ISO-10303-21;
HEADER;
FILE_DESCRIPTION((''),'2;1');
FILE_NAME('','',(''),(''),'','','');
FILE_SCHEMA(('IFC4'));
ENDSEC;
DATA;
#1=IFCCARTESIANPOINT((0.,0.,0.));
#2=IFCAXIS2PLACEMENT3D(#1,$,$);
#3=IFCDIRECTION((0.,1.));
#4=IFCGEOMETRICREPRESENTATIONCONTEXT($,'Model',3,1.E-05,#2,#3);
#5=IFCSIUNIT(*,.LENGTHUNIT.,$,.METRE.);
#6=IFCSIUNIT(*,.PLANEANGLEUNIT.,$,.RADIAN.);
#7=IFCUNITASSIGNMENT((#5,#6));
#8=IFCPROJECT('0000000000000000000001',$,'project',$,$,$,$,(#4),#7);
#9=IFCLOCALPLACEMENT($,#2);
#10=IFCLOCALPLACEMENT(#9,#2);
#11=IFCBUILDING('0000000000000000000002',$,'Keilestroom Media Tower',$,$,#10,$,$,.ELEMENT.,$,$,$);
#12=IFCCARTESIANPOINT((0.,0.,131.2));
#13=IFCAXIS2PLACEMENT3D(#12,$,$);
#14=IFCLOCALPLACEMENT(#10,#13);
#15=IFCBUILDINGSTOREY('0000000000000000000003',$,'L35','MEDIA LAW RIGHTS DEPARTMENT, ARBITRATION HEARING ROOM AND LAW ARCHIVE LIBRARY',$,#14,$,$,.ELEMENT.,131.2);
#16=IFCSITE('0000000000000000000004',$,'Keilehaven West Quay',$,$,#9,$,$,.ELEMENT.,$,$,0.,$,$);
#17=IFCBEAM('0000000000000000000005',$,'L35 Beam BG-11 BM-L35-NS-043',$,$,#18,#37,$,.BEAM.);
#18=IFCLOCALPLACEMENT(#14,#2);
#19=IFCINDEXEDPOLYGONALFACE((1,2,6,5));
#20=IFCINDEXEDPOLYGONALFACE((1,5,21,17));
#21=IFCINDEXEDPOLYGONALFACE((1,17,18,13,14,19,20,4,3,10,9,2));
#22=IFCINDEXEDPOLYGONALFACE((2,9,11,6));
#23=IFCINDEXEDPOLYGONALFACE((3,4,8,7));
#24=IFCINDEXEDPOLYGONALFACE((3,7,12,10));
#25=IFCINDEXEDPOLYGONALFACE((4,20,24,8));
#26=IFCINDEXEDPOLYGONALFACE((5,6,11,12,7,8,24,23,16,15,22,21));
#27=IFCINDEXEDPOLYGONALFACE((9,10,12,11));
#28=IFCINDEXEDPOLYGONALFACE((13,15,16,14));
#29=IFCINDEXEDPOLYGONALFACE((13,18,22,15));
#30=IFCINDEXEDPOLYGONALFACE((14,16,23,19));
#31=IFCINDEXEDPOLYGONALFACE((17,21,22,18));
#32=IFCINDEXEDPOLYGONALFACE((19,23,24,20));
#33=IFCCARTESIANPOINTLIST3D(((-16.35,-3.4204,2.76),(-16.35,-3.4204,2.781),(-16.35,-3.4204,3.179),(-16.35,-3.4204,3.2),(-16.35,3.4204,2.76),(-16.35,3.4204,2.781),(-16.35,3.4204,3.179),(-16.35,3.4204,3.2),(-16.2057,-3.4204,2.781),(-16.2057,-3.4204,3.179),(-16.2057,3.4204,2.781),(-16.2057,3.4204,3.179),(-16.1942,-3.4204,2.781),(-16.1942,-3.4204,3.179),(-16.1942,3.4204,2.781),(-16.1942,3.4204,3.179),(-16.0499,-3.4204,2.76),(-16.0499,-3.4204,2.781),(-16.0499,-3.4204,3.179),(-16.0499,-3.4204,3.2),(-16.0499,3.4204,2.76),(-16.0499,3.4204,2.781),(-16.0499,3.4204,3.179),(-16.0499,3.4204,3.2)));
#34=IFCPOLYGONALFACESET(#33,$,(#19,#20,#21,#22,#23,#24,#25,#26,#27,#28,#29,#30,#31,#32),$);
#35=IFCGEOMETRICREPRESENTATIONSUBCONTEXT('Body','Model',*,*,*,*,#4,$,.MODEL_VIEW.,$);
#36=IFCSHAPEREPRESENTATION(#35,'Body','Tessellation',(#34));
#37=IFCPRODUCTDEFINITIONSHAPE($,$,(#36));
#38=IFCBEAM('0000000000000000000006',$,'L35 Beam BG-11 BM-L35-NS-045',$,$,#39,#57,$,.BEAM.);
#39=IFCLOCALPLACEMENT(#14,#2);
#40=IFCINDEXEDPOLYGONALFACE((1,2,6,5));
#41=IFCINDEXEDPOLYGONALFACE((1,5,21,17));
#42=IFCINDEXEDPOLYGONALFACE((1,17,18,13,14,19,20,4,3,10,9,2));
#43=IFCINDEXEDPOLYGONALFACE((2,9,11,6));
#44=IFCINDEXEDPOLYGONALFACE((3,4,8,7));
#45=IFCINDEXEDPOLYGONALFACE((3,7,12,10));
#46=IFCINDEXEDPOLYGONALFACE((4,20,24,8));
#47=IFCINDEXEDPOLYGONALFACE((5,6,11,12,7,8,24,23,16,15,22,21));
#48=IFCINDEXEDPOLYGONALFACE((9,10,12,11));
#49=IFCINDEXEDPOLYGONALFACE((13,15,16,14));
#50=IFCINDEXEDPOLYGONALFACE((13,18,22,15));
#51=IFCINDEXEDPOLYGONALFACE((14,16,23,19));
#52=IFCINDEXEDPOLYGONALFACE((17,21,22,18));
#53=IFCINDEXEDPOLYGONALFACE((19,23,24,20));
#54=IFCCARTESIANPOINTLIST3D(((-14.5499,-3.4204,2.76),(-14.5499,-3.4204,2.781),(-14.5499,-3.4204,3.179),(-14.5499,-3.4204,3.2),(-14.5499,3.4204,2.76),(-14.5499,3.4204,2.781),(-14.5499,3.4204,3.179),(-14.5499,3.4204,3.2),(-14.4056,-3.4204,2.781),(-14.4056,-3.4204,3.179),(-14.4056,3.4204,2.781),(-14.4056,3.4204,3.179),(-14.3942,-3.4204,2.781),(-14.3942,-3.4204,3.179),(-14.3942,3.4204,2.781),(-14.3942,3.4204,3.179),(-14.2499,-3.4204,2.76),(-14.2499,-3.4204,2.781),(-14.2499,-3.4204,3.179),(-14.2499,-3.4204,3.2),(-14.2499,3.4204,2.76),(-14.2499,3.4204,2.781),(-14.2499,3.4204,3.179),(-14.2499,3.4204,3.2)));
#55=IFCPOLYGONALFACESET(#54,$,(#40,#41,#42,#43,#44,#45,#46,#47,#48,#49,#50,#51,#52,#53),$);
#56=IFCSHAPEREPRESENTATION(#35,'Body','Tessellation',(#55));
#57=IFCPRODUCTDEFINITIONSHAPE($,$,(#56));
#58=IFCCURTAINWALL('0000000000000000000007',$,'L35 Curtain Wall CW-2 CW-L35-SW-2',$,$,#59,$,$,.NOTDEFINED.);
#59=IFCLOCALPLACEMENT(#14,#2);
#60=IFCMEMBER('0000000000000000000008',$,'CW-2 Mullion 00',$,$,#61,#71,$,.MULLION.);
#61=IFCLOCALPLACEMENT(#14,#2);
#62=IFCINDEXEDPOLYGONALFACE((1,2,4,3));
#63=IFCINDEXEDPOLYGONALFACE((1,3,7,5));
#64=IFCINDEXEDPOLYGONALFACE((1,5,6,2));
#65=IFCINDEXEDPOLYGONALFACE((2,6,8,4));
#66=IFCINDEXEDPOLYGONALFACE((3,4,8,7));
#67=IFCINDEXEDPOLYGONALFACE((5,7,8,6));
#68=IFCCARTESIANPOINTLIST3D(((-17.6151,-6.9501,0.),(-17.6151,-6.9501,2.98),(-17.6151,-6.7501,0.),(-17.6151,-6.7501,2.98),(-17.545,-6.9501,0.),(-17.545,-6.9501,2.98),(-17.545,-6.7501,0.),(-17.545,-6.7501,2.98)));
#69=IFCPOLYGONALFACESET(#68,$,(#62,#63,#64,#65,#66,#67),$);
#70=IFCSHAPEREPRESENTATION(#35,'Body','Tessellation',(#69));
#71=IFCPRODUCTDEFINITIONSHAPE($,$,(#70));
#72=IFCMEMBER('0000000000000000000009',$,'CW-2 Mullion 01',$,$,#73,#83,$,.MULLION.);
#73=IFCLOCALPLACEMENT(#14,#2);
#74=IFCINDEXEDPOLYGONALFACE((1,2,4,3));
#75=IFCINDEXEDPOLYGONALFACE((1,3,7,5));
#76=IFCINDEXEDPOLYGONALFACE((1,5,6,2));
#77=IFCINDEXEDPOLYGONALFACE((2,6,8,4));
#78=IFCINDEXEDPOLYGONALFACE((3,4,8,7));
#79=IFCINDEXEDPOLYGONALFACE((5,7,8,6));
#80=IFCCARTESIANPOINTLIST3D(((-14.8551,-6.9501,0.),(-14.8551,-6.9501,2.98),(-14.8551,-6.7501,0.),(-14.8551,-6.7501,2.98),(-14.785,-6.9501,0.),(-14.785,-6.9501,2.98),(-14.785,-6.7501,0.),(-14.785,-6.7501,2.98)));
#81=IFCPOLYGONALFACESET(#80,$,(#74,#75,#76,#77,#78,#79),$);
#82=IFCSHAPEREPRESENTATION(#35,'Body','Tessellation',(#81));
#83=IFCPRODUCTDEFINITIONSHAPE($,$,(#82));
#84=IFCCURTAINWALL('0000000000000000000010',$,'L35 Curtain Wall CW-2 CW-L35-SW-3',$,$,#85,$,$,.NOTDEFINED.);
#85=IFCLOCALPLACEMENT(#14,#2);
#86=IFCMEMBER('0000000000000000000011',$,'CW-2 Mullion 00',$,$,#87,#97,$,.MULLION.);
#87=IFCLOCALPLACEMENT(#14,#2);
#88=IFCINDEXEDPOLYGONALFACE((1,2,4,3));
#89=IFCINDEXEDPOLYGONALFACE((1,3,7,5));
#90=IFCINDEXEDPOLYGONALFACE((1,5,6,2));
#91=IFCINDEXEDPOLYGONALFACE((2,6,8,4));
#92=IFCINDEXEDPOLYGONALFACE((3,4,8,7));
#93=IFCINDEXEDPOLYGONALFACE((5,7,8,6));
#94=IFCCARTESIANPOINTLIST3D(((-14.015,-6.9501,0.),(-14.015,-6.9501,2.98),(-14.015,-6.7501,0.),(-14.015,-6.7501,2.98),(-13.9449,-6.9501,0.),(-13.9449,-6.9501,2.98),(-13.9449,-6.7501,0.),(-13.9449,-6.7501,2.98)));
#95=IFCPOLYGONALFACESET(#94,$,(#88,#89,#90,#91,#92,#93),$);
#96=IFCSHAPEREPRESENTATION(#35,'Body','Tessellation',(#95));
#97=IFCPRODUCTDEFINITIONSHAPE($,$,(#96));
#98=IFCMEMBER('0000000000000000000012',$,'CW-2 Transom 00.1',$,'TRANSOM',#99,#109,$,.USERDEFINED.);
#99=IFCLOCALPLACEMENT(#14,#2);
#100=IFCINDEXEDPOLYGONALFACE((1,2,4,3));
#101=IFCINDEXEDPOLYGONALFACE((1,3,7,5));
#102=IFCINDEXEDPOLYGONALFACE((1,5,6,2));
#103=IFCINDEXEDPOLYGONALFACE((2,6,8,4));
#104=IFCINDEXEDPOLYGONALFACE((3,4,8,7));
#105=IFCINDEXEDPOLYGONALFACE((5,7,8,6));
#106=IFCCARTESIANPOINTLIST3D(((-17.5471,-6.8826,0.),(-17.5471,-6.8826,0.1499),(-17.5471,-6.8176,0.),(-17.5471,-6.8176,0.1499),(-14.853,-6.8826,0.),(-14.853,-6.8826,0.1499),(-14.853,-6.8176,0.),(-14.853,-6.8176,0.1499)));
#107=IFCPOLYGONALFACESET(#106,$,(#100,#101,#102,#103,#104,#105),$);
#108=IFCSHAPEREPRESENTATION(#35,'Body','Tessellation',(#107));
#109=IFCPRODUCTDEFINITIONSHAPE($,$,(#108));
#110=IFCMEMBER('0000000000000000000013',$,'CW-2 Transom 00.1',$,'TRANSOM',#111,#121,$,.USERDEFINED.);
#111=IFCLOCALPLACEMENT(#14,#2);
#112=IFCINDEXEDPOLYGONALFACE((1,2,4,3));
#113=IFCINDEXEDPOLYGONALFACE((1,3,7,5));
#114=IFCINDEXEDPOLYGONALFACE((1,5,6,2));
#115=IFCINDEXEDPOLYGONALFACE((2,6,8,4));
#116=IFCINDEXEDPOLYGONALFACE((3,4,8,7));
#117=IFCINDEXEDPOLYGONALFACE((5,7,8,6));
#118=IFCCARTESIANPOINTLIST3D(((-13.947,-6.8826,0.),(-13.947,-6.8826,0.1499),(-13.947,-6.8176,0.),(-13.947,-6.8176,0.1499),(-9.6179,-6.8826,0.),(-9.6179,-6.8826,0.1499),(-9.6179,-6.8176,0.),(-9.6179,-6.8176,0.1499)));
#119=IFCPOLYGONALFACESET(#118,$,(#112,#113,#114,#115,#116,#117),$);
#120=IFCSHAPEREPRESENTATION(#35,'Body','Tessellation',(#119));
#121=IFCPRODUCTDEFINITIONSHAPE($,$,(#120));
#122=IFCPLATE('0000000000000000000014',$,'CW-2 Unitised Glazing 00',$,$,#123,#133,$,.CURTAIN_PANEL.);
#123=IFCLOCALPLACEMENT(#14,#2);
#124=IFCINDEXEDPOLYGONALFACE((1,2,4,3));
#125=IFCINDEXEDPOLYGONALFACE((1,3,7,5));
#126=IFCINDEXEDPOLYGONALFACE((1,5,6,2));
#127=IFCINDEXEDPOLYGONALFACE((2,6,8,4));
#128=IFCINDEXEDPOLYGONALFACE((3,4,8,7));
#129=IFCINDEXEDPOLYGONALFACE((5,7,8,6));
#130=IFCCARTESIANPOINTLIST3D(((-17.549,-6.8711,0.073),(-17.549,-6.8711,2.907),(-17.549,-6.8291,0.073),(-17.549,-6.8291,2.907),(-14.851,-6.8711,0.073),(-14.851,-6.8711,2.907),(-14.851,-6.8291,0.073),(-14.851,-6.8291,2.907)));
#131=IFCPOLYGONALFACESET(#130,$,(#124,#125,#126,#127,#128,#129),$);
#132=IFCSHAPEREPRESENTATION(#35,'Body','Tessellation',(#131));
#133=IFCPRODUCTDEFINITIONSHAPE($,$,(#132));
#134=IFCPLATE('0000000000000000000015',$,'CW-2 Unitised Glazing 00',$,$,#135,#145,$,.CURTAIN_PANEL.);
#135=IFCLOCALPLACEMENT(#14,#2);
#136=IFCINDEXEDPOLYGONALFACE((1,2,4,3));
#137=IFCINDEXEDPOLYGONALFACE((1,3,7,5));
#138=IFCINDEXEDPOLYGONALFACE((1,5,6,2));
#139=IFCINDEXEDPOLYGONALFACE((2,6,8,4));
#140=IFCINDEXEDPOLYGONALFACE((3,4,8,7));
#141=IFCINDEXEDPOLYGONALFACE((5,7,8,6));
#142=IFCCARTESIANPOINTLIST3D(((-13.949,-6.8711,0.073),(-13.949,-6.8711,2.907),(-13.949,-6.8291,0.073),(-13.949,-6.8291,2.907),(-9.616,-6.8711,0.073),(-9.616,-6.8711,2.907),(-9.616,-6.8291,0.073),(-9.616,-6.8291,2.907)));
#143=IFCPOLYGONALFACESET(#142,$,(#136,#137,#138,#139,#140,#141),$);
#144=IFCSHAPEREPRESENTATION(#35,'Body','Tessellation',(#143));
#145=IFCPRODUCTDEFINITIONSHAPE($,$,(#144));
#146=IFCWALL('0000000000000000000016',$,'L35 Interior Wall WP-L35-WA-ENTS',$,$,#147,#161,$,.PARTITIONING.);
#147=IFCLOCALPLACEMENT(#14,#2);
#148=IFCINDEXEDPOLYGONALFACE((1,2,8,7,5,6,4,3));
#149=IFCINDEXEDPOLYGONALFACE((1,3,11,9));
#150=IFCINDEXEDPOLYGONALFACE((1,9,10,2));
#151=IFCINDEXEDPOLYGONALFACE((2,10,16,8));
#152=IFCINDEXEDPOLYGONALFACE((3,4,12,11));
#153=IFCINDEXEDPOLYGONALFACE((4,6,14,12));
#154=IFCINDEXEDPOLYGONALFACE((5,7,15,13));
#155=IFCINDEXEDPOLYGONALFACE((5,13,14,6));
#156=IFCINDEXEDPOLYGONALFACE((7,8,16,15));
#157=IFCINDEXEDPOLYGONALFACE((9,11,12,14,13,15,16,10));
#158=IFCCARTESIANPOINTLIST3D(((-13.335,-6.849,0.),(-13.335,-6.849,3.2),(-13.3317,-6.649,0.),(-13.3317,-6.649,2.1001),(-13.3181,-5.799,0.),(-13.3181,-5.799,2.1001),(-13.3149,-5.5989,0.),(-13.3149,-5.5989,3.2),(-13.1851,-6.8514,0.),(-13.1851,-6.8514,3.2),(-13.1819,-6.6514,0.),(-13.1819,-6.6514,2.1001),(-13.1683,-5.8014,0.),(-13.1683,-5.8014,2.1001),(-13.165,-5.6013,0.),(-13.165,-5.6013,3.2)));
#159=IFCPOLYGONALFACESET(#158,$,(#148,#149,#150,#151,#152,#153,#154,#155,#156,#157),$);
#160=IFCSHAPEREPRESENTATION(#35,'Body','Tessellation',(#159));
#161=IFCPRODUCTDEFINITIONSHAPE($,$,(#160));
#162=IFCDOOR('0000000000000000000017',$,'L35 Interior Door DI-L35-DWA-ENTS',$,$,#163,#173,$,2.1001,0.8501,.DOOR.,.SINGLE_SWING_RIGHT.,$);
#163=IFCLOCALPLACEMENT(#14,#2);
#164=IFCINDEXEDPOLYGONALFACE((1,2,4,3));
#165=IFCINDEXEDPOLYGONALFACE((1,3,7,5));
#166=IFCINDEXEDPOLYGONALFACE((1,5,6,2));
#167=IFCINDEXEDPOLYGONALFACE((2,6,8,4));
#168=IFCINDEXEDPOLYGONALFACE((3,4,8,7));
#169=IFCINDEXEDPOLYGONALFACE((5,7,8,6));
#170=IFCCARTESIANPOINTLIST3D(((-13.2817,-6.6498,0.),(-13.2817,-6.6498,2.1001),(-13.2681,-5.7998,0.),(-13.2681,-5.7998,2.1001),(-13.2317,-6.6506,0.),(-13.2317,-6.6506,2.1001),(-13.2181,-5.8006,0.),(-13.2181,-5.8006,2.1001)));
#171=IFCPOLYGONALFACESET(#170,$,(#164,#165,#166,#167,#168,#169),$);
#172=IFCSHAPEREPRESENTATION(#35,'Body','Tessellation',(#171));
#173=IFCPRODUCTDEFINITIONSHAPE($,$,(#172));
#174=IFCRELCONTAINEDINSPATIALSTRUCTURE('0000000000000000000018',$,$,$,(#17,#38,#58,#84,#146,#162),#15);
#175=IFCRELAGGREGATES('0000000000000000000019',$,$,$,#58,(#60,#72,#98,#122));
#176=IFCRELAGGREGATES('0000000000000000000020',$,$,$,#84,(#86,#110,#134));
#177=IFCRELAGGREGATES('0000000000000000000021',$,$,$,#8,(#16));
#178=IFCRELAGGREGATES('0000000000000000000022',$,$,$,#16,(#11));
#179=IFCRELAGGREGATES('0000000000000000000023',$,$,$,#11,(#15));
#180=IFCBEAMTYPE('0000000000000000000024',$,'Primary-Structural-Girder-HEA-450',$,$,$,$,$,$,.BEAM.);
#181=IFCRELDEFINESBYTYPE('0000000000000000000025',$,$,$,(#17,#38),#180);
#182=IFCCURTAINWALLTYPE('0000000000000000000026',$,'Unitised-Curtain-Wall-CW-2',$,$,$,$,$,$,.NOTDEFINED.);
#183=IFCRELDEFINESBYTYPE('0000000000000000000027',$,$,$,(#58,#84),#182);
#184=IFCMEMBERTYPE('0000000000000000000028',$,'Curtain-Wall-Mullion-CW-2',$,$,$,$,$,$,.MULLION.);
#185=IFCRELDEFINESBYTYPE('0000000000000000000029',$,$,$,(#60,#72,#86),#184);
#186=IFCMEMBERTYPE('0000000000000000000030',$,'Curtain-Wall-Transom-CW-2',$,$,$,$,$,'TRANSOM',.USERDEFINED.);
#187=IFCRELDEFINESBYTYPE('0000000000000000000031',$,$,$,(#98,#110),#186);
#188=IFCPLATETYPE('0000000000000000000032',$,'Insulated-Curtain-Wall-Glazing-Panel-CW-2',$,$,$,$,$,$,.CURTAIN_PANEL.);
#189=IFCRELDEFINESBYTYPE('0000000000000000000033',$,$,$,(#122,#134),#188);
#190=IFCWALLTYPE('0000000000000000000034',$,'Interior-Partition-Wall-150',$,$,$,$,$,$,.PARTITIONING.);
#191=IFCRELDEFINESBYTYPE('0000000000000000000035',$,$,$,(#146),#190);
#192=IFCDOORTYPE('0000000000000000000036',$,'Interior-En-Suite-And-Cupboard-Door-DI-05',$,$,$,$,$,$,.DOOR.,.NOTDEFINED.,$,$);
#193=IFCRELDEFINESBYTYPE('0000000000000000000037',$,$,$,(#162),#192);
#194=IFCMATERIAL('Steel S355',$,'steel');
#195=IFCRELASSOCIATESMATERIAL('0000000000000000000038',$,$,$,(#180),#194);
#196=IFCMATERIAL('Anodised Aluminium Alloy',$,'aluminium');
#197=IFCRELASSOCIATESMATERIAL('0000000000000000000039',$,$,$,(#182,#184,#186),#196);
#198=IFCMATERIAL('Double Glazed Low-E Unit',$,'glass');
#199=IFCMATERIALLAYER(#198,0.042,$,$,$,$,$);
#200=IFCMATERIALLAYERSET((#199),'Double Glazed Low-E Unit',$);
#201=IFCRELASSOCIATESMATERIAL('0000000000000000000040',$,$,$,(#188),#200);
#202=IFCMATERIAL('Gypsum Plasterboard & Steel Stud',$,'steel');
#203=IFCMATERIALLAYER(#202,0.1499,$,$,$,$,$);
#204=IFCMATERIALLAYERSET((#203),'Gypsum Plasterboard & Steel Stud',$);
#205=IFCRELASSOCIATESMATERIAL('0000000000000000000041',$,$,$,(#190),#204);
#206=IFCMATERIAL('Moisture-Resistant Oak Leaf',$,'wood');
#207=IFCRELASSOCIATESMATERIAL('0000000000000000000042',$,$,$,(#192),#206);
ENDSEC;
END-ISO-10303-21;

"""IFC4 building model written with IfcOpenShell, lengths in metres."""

from ifc_helpers import new_model, si_unit, direction, frame, frame_2d, origin, origin_2d, place, context, subcontext, project, spatial, rectangle, i_section, extrude, source, transform, mapped, material, layer, layer_set, material_profile, profile_set, type_object, element, fill, aggregate, save


model = new_model("IFC4")

# Units and contexts
model_context = context("Model", 3, precision=1e-05, world=origin(), true_north=direction((0.0, 1.0)))
body_context = subcontext(model_context, "Body", "Model", "MODEL_VIEW")
ifc_project = project(units=[si_unit("LENGTHUNIT", "METRE"), si_unit("PLANEANGLEUNIT", "RADIAN")], contexts=[model_context])

# Site, building, storey
site_placement = place(None, origin())
site = spatial("IfcSite", under=ifc_project, at=site_placement, Name="Keilehaven West Quay", CompositionType="ELEMENT", RefElevation=0.0)
building_placement = place(site_placement, origin())
building = spatial("IfcBuilding", under=site, at=building_placement, Name="Keilestroom Media Tower", CompositionType="ELEMENT")
storey_placement = place(building_placement, frame((0.0, 0.0, 131.2)))
storey = spatial("IfcBuildingStorey", under=building, at=storey_placement, Name="L35", Description="MEDIA LAW RIGHTS DEPARTMENT, ARBITRATION HEARING ROOM AND LAW ARCHIVE LIBRARY", CompositionType="ELEMENT", Elevation=131.2)

# Shared definitions
ifc_material_1 = material(Name="Steel S355", Category="steel")

# Beams
ifc_material_profile_1 = material_profile(ifc_material_1, i_section(OverallWidth=0.3, OverallDepth=0.4399, WebThickness=0.0115, FlangeThickness=0.021, at=origin_2d()), Name="HEA 450")
ifc_profile_set_1 = profile_set([ifc_material_profile_1], Name="Steel S355")
beam_type_1 = type_object("IfcBeamType", Name="Primary-Structural-Girder-HEA-450", PredefinedType="BEAM", material=ifc_profile_set_1)
shared_shape_1 = source(origin(), body_context, "Body", "SweptSolid", [
    extrude(i_section(OverallWidth=0.3, OverallDepth=0.4399, WebThickness=0.0115, FlangeThickness=0.021, at=origin_2d()), origin(), (0.0, 0.0, 1.0), 6.8408),
])
for number, where, z_axis, x_axis, name in (
    (1, (-16.2, -3.4204, 2.98), (0.0, 1.0, 0.0), (-1.0, 0.0, 0.0), "L35 Beam BG-11 BM-L35-NS-043"),
    (2, (-14.3999, -3.4204, 2.98), (0.0, 1.0, 0.0), (-1.0, 0.0, 0.0), "L35 Beam BG-11 BM-L35-NS-045"),
):
    element("IfcBeam", number, at=place(storey_placement, frame(where, z_axis=z_axis, x_axis=x_axis)), inside=storey, type_object=beam_type_1, Name=name, PredefinedType="BEAM", context=body_context, shape_type="MappedRepresentation", body=[
        mapped(shared_shape_1, transform((0.0, 0.0, 0.0), x_axis=(1.0, 0.0, 0.0), y_axis=(0.0, 1.0, 0.0), z_axis=(0.0, 0.0, 1.0), scale=1.0)),
    ])

# Curtain wall, members
ifc_material_2 = material(Name="Anodised Aluminium Alloy", Category="aluminium")
curtain_wall_type = type_object("IfcCurtainWallType", Name="Unitised-Curtain-Wall-CW-2", PredefinedType="NOTDEFINED", material=ifc_material_2)
curtain_wall_1_placement = place(storey_placement, origin())
curtain_wall_1 = element("IfcCurtainWall", 3, at=curtain_wall_1_placement, inside=storey, type_object=curtain_wall_type, Name="L35 Curtain Wall CW-2 CW-L35-SW-2", PredefinedType="NOTDEFINED")
ifc_material_profile_2 = material_profile(ifc_material_2, rectangle(XDim=0.0701, YDim=0.2, at=origin_2d()), Name="ALU MULLION 70x200")
ifc_profile_set_2 = profile_set([ifc_material_profile_2], Name="Anodised Aluminium Alloy")
member_type_1 = type_object("IfcMemberType", Name="Curtain-Wall-Mullion-CW-2", PredefinedType="MULLION", material=ifc_profile_set_2)
shared_shape_2 = source(origin(), body_context, "Body", "SweptSolid", [
    extrude(rectangle(XDim=0.0701, YDim=0.2, at=origin_2d()), origin(), (0.0, 0.0, 1.0), 2.98),
])
member_1_placement = place(storey_placement, frame((-17.5801, -6.8501, 0.0), z_axis=(0.0, 0.0, 1.0), x_axis=(1.0, 0.0, 0.0)))
member_1 = element("IfcMember", 4, at=member_1_placement, type_object=member_type_1, Name="CW-2 Mullion 00", PredefinedType="MULLION", context=body_context, shape_type="MappedRepresentation", body=[
    mapped(shared_shape_2, transform((0.0, 0.0, 0.0), x_axis=(1.0, 0.0, 0.0), y_axis=(0.0, 1.0, 0.0), z_axis=(0.0, 0.0, 1.0), scale=1.0)),
])
member_2_placement = place(storey_placement, frame((-14.8201, -6.8501, 0.0), z_axis=(0.0, 0.0, 1.0), x_axis=(1.0, 0.0, 0.0)))
member_2 = element("IfcMember", 5, at=member_2_placement, type_object=member_type_1, Name="CW-2 Mullion 01", PredefinedType="MULLION", context=body_context, shape_type="MappedRepresentation", body=[
    mapped(shared_shape_2, transform((0.0, 0.0, 0.0), x_axis=(1.0, 0.0, 0.0), y_axis=(0.0, 1.0, 0.0), z_axis=(0.0, 0.0, 1.0), scale=1.0)),
])

# Curtain wall, member
curtain_wall_2_placement = place(storey_placement, origin())
curtain_wall_2 = element("IfcCurtainWall", 6, at=curtain_wall_2_placement, inside=storey, type_object=curtain_wall_type, Name="L35 Curtain Wall CW-2 CW-L35-SW-3", PredefinedType="NOTDEFINED")
member_3_placement = place(storey_placement, frame((-13.98, -6.8501, 0.0), z_axis=(0.0, 0.0, 1.0), x_axis=(1.0, 0.0, 0.0)))
member_3 = element("IfcMember", 7, at=member_3_placement, type_object=member_type_1, Name="CW-2 Mullion 00", PredefinedType="MULLION", context=body_context, shape_type="MappedRepresentation", body=[
    mapped(shared_shape_2, transform((0.0, 0.0, 0.0), x_axis=(1.0, 0.0, 0.0), y_axis=(0.0, 1.0, 0.0), z_axis=(0.0, 0.0, 1.0), scale=1.0)),
])

# Members
ifc_material_profile_3 = material_profile(ifc_material_2, rectangle(XDim=0.0649, YDim=0.1499, at=origin_2d()), Name="ALU TRANSOM 65x150")
ifc_profile_set_3 = profile_set([ifc_material_profile_3], Name="Anodised Aluminium Alloy")
member_type_2 = type_object("IfcMemberType", Name="Curtain-Wall-Transom-CW-2", ElementType="TRANSOM", PredefinedType="USERDEFINED", material=ifc_profile_set_3)
shared_shape_3 = source(origin(), body_context, "Body", "SweptSolid", [
    extrude(rectangle(XDim=0.0649, YDim=0.1499, at=origin_2d()), origin(), (0.0, 0.0, 1.0), 2.6941),
])
member_4_placement = place(storey_placement, frame((-17.5471, -6.8501, 0.075), z_axis=(1.0, 0.0, 0.0), x_axis=(0.0, 1.0, 0.0)))
member_4 = element("IfcMember", 8, at=member_4_placement, type_object=member_type_2, Name="CW-2 Transom 00.1", ObjectType="TRANSOM", PredefinedType="USERDEFINED", context=body_context, shape_type="MappedRepresentation", body=[
    mapped(shared_shape_3, transform((0.0, 0.0, 0.0), x_axis=(1.0, 0.0, 0.0), y_axis=(0.0, 1.0, 0.0), z_axis=(0.0, 0.0, 1.0), scale=1.0)),
])
shared_shape_4 = source(origin(), body_context, "Body", "SweptSolid", [
    extrude(rectangle(XDim=0.0649, YDim=0.1499, at=origin_2d()), origin(), (0.0, 0.0, 1.0), 4.3291),
])
member_5_placement = place(storey_placement, frame((-13.947, -6.8501, 0.075), z_axis=(1.0, 0.0, 0.0), x_axis=(0.0, 1.0, 0.0)))
member_5 = element("IfcMember", 9, at=member_5_placement, type_object=member_type_2, Name="CW-2 Transom 00.1", ObjectType="TRANSOM", PredefinedType="USERDEFINED", context=body_context, shape_type="MappedRepresentation", body=[
    mapped(shared_shape_4, transform((0.0, 0.0, 0.0), x_axis=(1.0, 0.0, 0.0), y_axis=(0.0, 1.0, 0.0), z_axis=(0.0, 0.0, 1.0), scale=1.0)),
])

# Plates
ifc_material_3 = material(Name="Double Glazed Low-E Unit", Category="glass")
ifc_layer_1 = layer(ifc_material_3, 0.042)
ifc_layer_set_1 = layer_set([ifc_layer_1], Name="Double Glazed Low-E Unit")
plate_type = type_object("IfcPlateType", Name="Insulated-Curtain-Wall-Glazing-Panel-CW-2", PredefinedType="CURTAIN_PANEL", material=ifc_layer_set_1)
shared_shape_5 = source(origin(), body_context, "Body", "SweptSolid", [
    extrude(rectangle(XDim=2.698, YDim=0.042, at=origin_2d()), origin(), (0.0, 0.0, 1.0), 2.834),
])
plate_1_placement = place(storey_placement, frame((-16.2, -6.8501, 0.073), z_axis=(0.0, 0.0, 1.0), x_axis=(1.0, 0.0, 0.0)))
plate_1 = element("IfcPlate", 10, at=plate_1_placement, type_object=plate_type, Name="CW-2 Unitised Glazing 00", PredefinedType="CURTAIN_PANEL", context=body_context, shape_type="MappedRepresentation", body=[
    mapped(shared_shape_5, transform((0.0, 0.0, 0.0), x_axis=(1.0, 0.0, 0.0), y_axis=(0.0, 1.0, 0.0), z_axis=(0.0, 0.0, 1.0), scale=1.0)),
])
aggregate(curtain_wall_1, [member_1, member_2, member_4, plate_1])
shared_shape_6 = source(origin(), body_context, "Body", "SweptSolid", [
    extrude(rectangle(XDim=4.333, YDim=0.042, at=origin_2d()), origin(), (0.0, 0.0, 1.0), 2.834),
])
plate_2_placement = place(storey_placement, frame((-11.7825, -6.8501, 0.073), z_axis=(0.0, 0.0, 1.0), x_axis=(1.0, 0.0, 0.0)))
plate_2 = element("IfcPlate", 11, at=plate_2_placement, type_object=plate_type, Name="CW-2 Unitised Glazing 00", PredefinedType="CURTAIN_PANEL", context=body_context, shape_type="MappedRepresentation", body=[
    mapped(shared_shape_6, transform((0.0, 0.0, 0.0), x_axis=(1.0, 0.0, 0.0), y_axis=(0.0, 1.0, 0.0), z_axis=(0.0, 0.0, 1.0), scale=1.0)),
])
aggregate(curtain_wall_2, [member_3, member_5, plate_2])

# Wall, opening, door
ifc_material_4 = material(Name="Gypsum Plasterboard & Steel Stud", Category="steel")
ifc_layer_2 = layer(ifc_material_4, 0.1499)
ifc_layer_set_2 = layer_set([ifc_layer_2], Name="Gypsum Plasterboard & Steel Stud")
wall_type_1 = type_object("IfcWallType", Name="Interior-Partition-Wall-150", PredefinedType="PARTITIONING", material=ifc_layer_set_2)
wall_1_placement = place(storey_placement, frame((-13.26, -6.8501, 0.0), z_axis=(0.0, 0.0, 1.0), x_axis=(0.016014, 0.999872, 0.0)))
wall_1 = element("IfcWall", 12, at=wall_1_placement, inside=storey, type_object=wall_type_1, Name="L35 Interior Wall WP-L35-WA-ENTS", PredefinedType="PARTITIONING", context=body_context, shape_type="SweptSolid", body=[
    extrude(rectangle(XDim=1.2502, YDim=0.1499, at=frame_2d((0.625, 0.0))), origin(), (0.0, 0.0, 1.0), 3.2),
])
opening_1_placement = place(wall_1_placement, frame((0.2, 0.0, 0.0)))
opening_1 = element("IfcOpeningElement", 13, at=opening_1_placement, cuts=wall_1, PredefinedType="OPENING", context=body_context, shape_type="SweptSolid", body=[
    extrude(rectangle(XDim=0.8501, YDim=2.1001, at=frame_2d((0.425, 1.05))), frame((0.0, 0.085, 0.0), z_axis=(0.0, -1.0, 0.0), x_axis=(1.0, 0.0, 0.0)), (0.0, 0.0, 1.0), 0.1699),
])
ifc_material_5 = material(Name="Moisture-Resistant Oak Leaf", Category="wood")
door_type_1 = type_object("IfcDoorType", Name="Interior-En-Suite-And-Cupboard-Door-DI-05", OperationType="NOTDEFINED", PredefinedType="DOOR", material=ifc_material_5)
shared_shape_7 = source(origin(), body_context, "Body", "SweptSolid", [
    extrude(rectangle(XDim=0.8501, YDim=2.1001, at=frame_2d((0.425, 1.05))), frame((0.0, 0.0249, 0.0), z_axis=(0.0, -1.0, 0.0), x_axis=(1.0, 0.0, 0.0)), (0.0, 0.0, 1.0), 0.05),
])
door_1_placement = place(opening_1_placement, origin())
door_1 = element("IfcDoor", 14, at=door_1_placement, inside=storey, type_object=door_type_1, Name="L35 Interior Door DI-L35-DWA-ENTS", OperationType="SINGLE_SWING_RIGHT", OverallHeight=2.1001, OverallWidth=0.8501, PredefinedType="DOOR", context=body_context, shape_type="MappedRepresentation", body=[
    mapped(shared_shape_7, transform((0.0, 0.0, 0.0), x_axis=(1.0, 0.0, 0.0), y_axis=(0.0, 1.0, 0.0), z_axis=(0.0, 0.0, 1.0), scale=1.0)),
])
fill(opening_1, door_1)

save(model, "model.ifc")
